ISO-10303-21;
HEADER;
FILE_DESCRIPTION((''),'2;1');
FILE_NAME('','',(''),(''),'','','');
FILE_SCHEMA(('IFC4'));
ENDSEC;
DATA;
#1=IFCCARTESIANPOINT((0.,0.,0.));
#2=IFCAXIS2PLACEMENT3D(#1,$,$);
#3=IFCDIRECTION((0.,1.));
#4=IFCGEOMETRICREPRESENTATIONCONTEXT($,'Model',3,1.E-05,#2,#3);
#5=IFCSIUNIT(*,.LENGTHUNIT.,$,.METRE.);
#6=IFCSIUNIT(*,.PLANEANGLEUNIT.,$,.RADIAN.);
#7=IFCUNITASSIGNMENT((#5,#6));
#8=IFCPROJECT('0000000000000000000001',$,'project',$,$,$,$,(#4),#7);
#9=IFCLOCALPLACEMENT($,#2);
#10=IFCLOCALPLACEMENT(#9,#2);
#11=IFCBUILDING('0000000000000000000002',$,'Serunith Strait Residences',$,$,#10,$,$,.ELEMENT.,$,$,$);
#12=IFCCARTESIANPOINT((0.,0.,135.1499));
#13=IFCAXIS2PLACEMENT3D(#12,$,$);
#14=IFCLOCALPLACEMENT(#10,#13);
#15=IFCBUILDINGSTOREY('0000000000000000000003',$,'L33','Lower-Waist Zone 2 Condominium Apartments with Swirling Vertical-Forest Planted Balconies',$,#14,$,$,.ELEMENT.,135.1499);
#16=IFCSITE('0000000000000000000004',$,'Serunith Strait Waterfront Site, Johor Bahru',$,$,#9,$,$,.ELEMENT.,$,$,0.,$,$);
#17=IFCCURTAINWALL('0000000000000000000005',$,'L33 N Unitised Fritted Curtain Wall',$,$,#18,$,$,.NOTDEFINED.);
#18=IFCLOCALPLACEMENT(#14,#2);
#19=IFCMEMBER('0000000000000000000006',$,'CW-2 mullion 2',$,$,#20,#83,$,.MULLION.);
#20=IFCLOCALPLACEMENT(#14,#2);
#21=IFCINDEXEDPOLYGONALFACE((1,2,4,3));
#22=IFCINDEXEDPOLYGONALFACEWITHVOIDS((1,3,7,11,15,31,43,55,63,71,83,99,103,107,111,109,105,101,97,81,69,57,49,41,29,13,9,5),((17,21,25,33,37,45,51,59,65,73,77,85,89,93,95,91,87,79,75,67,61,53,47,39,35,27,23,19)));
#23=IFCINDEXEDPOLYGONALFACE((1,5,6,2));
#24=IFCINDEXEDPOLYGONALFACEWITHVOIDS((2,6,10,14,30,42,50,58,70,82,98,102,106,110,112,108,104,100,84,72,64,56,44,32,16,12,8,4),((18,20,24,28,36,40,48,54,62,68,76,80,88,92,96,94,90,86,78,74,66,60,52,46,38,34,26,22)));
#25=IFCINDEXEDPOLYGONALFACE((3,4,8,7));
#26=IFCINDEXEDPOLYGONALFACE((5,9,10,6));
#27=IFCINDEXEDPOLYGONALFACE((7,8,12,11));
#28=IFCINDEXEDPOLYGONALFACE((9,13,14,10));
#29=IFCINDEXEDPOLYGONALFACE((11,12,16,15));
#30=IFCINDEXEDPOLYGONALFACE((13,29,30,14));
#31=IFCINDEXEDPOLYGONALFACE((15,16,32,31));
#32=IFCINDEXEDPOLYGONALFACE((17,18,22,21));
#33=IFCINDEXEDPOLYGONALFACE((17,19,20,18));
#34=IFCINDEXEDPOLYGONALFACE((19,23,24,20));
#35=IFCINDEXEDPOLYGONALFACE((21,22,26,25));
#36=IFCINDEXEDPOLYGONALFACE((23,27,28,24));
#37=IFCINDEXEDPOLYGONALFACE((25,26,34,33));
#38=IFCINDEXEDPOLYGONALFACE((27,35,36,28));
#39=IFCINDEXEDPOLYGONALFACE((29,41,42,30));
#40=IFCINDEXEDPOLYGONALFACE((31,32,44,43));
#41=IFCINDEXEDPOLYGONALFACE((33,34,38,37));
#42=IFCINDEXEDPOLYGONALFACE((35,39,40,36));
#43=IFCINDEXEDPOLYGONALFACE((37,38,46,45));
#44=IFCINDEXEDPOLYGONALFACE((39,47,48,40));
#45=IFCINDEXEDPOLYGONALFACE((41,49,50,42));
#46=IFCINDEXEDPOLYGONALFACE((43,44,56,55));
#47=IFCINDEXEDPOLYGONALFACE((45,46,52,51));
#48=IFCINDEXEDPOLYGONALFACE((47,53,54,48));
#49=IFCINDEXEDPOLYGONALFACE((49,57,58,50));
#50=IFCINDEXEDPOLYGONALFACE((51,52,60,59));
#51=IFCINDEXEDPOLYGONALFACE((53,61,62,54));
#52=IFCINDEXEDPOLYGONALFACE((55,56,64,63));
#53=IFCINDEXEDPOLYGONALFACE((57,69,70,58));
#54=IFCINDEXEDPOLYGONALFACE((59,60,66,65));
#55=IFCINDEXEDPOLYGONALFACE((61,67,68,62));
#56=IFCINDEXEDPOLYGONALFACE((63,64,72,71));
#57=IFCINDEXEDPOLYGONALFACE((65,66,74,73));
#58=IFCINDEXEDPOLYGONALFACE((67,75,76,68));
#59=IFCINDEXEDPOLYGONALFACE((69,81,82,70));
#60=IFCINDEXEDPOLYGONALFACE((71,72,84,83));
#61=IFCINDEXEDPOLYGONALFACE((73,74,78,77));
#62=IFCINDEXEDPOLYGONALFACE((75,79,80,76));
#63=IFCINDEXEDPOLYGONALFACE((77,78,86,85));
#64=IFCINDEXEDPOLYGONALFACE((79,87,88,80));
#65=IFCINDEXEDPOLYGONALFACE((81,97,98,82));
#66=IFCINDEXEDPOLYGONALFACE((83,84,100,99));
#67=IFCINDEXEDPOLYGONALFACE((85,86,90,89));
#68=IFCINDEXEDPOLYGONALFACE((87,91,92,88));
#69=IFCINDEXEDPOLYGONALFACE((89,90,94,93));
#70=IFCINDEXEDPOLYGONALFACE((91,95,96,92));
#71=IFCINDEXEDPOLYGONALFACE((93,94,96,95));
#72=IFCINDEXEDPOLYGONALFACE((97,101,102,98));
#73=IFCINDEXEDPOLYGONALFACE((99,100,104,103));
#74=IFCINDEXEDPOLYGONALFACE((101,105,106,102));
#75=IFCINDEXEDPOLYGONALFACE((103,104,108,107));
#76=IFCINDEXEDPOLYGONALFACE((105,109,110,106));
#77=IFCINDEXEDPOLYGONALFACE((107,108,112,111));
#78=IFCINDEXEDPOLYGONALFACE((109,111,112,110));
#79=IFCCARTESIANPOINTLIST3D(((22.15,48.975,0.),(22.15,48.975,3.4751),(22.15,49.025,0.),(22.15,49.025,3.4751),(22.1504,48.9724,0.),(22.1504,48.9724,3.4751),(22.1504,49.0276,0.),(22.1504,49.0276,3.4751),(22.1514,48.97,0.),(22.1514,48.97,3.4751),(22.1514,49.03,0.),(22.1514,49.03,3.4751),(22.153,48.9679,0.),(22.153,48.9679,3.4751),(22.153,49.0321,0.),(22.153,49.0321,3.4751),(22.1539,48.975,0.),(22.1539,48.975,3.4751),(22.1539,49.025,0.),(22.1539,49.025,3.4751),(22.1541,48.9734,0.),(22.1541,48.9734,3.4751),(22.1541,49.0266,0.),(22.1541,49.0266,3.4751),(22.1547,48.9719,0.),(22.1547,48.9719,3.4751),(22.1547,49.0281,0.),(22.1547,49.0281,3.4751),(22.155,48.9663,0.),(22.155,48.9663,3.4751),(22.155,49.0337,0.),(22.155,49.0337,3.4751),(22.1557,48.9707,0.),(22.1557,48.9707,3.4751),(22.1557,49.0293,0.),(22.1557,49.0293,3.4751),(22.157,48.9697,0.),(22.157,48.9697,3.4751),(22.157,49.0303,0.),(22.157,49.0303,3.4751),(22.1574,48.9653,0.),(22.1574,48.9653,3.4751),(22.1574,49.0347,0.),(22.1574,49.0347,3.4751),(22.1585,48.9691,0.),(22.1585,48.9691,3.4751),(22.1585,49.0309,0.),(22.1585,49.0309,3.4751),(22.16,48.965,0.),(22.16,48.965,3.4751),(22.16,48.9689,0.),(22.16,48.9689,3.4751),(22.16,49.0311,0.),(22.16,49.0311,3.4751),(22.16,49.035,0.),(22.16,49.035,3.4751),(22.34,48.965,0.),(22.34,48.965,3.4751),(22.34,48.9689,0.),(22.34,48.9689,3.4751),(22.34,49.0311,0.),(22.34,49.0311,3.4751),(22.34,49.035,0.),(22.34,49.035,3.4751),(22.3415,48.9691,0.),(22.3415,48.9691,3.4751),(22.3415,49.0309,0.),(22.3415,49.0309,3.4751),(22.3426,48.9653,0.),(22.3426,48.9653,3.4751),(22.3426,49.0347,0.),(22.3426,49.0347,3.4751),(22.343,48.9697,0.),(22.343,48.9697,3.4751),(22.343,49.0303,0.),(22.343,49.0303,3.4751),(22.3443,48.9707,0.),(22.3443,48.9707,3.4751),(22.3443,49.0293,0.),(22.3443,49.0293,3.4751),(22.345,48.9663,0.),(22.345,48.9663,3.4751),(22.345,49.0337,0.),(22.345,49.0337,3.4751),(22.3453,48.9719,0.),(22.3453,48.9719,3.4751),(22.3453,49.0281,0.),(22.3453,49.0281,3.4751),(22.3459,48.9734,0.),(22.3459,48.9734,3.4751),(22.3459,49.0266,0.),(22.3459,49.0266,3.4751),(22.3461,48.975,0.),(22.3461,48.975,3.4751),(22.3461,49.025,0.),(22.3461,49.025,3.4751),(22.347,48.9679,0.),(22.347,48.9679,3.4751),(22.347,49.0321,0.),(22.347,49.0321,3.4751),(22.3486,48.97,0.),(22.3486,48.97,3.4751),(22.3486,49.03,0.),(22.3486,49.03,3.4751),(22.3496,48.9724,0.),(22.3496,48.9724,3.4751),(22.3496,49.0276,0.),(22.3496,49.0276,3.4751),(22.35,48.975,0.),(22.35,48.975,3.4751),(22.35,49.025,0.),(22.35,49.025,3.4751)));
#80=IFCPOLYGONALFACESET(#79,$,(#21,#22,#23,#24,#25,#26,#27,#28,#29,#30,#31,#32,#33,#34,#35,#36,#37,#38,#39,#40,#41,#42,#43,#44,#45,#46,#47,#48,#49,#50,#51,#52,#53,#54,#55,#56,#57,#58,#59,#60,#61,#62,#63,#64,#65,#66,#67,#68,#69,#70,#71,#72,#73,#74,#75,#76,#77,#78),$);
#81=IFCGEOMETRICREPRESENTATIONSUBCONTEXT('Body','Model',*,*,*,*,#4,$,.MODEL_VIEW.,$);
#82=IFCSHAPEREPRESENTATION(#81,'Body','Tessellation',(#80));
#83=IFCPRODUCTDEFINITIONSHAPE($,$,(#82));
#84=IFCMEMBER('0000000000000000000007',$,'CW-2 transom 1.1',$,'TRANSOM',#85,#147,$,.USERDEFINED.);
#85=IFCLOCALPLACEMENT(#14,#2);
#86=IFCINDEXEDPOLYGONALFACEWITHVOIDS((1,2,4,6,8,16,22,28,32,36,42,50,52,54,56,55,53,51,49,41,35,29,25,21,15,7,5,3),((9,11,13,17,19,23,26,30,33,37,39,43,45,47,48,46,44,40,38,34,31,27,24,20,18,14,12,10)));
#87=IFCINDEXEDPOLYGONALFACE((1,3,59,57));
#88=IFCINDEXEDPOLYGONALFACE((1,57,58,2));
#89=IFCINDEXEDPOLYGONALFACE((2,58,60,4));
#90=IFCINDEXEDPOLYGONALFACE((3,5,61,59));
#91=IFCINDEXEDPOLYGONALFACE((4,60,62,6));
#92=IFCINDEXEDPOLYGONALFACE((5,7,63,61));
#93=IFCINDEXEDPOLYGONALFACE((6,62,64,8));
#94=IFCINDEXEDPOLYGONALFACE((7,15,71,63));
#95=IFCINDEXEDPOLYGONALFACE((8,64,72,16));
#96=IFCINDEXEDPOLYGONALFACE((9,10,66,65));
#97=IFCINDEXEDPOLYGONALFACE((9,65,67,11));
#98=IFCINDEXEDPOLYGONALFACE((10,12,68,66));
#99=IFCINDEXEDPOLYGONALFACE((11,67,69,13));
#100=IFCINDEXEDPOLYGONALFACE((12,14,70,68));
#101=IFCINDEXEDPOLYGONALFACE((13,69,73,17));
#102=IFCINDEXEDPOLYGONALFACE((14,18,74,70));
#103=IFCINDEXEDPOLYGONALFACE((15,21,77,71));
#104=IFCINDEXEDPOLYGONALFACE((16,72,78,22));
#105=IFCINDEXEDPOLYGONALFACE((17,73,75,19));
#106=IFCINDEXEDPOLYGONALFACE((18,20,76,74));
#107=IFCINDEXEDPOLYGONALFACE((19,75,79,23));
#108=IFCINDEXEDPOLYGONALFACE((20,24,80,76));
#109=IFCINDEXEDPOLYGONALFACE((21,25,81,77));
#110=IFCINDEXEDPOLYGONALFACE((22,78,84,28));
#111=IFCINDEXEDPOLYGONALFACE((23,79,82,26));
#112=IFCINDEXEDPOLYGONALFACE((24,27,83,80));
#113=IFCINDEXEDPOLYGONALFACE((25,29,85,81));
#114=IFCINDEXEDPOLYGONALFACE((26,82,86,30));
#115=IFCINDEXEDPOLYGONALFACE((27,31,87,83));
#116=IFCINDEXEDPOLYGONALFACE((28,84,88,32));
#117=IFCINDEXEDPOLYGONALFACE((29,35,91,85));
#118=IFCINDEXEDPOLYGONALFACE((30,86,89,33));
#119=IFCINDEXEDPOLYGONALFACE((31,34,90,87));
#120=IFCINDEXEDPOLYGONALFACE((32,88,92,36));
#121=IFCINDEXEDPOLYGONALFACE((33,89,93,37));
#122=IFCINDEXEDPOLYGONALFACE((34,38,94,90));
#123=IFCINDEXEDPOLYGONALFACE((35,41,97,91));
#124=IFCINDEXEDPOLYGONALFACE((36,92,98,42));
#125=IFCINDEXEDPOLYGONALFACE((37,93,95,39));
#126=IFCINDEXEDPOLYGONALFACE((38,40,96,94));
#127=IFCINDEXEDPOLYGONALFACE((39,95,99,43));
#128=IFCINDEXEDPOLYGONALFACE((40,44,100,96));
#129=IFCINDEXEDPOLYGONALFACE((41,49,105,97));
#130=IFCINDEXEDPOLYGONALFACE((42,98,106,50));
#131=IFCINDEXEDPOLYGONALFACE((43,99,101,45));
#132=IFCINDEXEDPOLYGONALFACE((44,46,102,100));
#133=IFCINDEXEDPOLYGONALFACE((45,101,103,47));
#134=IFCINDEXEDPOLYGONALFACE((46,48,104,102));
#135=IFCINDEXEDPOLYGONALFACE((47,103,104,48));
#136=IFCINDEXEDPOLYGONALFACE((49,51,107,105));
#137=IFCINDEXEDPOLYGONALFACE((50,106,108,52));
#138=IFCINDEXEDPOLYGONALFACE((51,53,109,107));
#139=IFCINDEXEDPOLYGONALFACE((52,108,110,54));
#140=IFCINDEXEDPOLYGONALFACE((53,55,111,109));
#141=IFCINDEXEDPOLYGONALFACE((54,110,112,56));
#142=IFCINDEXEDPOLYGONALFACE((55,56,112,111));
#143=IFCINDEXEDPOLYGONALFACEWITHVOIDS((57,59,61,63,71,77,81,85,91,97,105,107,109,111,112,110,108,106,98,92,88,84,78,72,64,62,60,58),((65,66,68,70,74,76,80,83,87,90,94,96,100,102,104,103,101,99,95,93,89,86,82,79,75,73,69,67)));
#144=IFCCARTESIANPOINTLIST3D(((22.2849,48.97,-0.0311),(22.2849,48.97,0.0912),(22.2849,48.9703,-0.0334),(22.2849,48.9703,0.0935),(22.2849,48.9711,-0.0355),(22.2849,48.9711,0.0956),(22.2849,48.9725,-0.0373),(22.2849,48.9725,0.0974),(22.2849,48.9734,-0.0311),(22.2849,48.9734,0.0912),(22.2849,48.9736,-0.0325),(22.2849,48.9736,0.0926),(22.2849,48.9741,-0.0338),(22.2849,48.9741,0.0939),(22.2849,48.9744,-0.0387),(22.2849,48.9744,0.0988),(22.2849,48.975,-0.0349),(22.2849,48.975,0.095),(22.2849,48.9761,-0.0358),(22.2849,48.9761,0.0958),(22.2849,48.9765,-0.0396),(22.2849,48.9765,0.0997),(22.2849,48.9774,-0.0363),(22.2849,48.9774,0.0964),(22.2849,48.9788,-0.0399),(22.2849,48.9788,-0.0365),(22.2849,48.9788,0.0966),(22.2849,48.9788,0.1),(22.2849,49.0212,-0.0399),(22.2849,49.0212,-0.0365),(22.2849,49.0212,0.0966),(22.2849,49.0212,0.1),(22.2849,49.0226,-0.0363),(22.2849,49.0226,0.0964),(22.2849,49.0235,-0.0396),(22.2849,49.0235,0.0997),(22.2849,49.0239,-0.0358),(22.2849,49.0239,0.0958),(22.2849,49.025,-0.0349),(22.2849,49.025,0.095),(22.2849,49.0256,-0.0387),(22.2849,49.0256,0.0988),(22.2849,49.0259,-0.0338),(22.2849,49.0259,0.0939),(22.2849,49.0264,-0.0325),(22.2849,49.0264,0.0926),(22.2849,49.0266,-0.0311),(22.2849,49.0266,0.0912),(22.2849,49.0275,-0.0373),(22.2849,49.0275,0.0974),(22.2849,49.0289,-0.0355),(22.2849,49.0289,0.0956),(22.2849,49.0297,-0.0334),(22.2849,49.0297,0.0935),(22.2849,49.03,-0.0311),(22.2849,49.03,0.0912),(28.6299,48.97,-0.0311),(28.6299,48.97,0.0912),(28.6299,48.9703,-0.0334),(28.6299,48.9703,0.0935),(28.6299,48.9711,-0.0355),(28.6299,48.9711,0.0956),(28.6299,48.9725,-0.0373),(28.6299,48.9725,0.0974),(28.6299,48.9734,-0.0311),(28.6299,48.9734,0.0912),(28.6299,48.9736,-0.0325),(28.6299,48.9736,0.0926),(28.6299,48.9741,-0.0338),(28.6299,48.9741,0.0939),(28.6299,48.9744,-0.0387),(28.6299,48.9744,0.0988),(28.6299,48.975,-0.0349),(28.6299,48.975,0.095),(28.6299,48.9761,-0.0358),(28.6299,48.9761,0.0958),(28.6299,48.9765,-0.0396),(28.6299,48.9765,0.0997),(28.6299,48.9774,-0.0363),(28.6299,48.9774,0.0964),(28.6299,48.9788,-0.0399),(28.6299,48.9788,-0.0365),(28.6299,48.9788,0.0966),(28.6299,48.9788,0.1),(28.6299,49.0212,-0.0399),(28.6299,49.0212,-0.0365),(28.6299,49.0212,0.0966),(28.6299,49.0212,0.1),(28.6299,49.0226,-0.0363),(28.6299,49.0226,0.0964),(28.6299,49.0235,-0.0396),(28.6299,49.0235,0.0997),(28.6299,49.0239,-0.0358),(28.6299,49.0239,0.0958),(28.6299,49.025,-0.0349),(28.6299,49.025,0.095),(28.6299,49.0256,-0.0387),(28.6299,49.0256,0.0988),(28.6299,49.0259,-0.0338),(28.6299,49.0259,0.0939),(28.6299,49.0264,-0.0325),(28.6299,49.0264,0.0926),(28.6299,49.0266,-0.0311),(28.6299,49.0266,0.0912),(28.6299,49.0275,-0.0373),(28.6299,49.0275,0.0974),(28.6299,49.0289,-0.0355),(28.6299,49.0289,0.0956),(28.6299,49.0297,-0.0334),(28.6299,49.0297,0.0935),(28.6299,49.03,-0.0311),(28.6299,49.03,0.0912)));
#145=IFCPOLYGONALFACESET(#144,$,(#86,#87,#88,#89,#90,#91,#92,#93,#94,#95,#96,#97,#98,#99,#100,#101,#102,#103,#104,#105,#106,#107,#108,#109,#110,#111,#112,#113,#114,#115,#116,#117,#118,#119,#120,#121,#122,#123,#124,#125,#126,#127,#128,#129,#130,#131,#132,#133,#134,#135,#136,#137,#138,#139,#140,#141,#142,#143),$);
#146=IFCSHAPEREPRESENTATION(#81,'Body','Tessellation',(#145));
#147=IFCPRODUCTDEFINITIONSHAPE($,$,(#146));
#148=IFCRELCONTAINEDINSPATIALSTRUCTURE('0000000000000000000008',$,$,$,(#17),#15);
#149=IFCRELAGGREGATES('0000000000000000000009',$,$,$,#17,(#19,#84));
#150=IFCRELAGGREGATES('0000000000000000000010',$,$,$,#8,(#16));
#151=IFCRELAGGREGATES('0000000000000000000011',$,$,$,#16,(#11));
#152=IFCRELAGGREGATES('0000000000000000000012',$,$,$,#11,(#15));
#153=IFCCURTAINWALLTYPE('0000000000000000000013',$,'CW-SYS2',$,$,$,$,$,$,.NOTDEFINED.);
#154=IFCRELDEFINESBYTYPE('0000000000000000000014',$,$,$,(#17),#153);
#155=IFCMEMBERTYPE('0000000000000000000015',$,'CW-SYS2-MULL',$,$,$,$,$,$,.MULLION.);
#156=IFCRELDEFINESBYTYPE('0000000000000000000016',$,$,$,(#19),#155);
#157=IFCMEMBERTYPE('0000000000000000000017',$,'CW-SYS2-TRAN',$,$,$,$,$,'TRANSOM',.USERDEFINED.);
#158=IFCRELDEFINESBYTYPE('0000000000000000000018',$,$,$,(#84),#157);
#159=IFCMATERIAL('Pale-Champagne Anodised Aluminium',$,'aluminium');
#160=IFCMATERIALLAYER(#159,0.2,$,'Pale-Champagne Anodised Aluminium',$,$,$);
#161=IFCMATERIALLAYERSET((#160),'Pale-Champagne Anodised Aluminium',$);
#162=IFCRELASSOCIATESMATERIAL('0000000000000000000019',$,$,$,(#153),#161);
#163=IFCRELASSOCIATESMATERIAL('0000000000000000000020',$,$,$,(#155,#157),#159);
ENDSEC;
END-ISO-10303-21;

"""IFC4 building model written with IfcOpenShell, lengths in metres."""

from ifc_helpers import new_model, si_unit, direction, frame, origin, origin_2d, place, context, subcontext, project, spatial, hollow_rectangle, extrude, source, transform, mapped, material, layer, layer_set, material_profile, profile_set, type_object, element, aggregate, save


model = new_model("IFC4")

# Units and contexts
model_context = context("Model", 3, precision=1e-05, world=origin(), true_north=direction((0.0, 1.0)))
body_context = subcontext(model_context, "Body", "Model", "MODEL_VIEW")
ifc_project = project(units=[si_unit("LENGTHUNIT", "METRE"), si_unit("PLANEANGLEUNIT", "RADIAN")], contexts=[model_context])

# Site, building, storey
site_placement = place(None, origin())
site = spatial("IfcSite", under=ifc_project, at=site_placement, Name="Serunith Strait Waterfront Site, Johor Bahru", CompositionType="ELEMENT", RefElevation=0.0)
building_placement = place(site_placement, origin())
building = spatial("IfcBuilding", under=site, at=building_placement, Name="Serunith Strait Residences", CompositionType="ELEMENT")
storey_placement = place(building_placement, frame((0.0, 0.0, 135.1499)))
storey = spatial("IfcBuildingStorey", under=building, at=storey_placement, Name="L33", Description="Lower-Waist Zone 2 Condominium Apartments with Swirling Vertical-Forest Planted Balconies", CompositionType="ELEMENT", Elevation=135.1499)

# Shared definitions
ifc_material_1 = material(Name="Pale-Champagne Anodised Aluminium", Category="aluminium")
ifc_layer_1 = layer(ifc_material_1, 0.2, Name="Pale-Champagne Anodised Aluminium")
ifc_layer_set_1 = layer_set([ifc_layer_1], Name="Pale-Champagne Anodised Aluminium")
curtain_wall_type = type_object("IfcCurtainWallType", Name="CW-SYS2", PredefinedType="NOTDEFINED", material=ifc_layer_set_1)
ifc_material_profile_1 = material_profile(ifc_material_1, hollow_rectangle(XDim=0.0701, YDim=0.2, WallThickness=0.0039, InnerFilletRadius=0.0061, OuterFilletRadius=0.01, at=origin_2d()), Name="ALU 200x70x4")
ifc_profile_set_1 = profile_set([ifc_material_profile_1], Name="Pale-Champagne Anodised Aluminium")
member_type_1 = type_object("IfcMemberType", Name="CW-SYS2-MULL", PredefinedType="MULLION", material=ifc_profile_set_1)
shared_shape_1 = source(origin(), body_context, "Body", "SweptSolid", [
    extrude(hollow_rectangle(XDim=0.0701, YDim=0.2, WallThickness=0.0039, InnerFilletRadius=0.0061, OuterFilletRadius=0.01, at=origin_2d()), origin(), (0.0, 0.0, 1.0), 3.4751),
])

# Curtain wall, members
curtain_wall_1_placement = place(storey_placement, origin())
curtain_wall_1 = element("IfcCurtainWall", 1, at=curtain_wall_1_placement, inside=storey, type_object=curtain_wall_type, Name="L33 N Unitised Fritted Curtain Wall", PredefinedType="NOTDEFINED")
member_1_placement = place(storey_placement, frame((22.25, 49.0, 0.0), z_axis=(0.0, 0.0, 1.0), x_axis=(0.0, -1.0, 0.0)))
member_1 = element("IfcMember", 2, at=member_1_placement, type_object=member_type_1, Name="CW-2 mullion 2", PredefinedType="MULLION", context=body_context, shape_type="MappedRepresentation", body=[
    mapped(shared_shape_1, transform((0.0, 0.0, 0.0), scale=1.0)),
])
ifc_material_profile_2 = material_profile(ifc_material_1, hollow_rectangle(XDim=0.0601, YDim=0.1399, WallThickness=0.0034, InnerFilletRadius=0.0054, OuterFilletRadius=0.0088, at=origin_2d()), Name="ALU 140x60x3.5")
ifc_profile_set_2 = profile_set([ifc_material_profile_2], Name="Pale-Champagne Anodised Aluminium")
member_type_2 = type_object("IfcMemberType", Name="CW-SYS2-TRAN", ElementType="TRANSOM", PredefinedType="USERDEFINED", material=ifc_profile_set_2)
shared_shape_2 = source(origin(), body_context, "Body", "SweptSolid", [
    extrude(hollow_rectangle(XDim=0.0601, YDim=0.1399, WallThickness=0.0034, InnerFilletRadius=0.0054, OuterFilletRadius=0.0088, at=origin_2d()), origin(), (0.0, 0.0, 1.0), 6.345),
])
member_2_placement = place(storey_placement, frame((28.6299, 49.0, 0.03), z_axis=(-1.0, 0.0, 0.0), x_axis=(0.0, -1.0, 0.0)))
member_2 = element("IfcMember", 3, at=member_2_placement, type_object=member_type_2, Name="CW-2 transom 1.1", ObjectType="TRANSOM", PredefinedType="USERDEFINED", context=body_context, shape_type="MappedRepresentation", body=[
    mapped(shared_shape_2, transform((0.0, 0.0, 0.0), scale=1.0)),
])
aggregate(curtain_wall_1, [member_1, member_2])

save(model, "model.ifc")
